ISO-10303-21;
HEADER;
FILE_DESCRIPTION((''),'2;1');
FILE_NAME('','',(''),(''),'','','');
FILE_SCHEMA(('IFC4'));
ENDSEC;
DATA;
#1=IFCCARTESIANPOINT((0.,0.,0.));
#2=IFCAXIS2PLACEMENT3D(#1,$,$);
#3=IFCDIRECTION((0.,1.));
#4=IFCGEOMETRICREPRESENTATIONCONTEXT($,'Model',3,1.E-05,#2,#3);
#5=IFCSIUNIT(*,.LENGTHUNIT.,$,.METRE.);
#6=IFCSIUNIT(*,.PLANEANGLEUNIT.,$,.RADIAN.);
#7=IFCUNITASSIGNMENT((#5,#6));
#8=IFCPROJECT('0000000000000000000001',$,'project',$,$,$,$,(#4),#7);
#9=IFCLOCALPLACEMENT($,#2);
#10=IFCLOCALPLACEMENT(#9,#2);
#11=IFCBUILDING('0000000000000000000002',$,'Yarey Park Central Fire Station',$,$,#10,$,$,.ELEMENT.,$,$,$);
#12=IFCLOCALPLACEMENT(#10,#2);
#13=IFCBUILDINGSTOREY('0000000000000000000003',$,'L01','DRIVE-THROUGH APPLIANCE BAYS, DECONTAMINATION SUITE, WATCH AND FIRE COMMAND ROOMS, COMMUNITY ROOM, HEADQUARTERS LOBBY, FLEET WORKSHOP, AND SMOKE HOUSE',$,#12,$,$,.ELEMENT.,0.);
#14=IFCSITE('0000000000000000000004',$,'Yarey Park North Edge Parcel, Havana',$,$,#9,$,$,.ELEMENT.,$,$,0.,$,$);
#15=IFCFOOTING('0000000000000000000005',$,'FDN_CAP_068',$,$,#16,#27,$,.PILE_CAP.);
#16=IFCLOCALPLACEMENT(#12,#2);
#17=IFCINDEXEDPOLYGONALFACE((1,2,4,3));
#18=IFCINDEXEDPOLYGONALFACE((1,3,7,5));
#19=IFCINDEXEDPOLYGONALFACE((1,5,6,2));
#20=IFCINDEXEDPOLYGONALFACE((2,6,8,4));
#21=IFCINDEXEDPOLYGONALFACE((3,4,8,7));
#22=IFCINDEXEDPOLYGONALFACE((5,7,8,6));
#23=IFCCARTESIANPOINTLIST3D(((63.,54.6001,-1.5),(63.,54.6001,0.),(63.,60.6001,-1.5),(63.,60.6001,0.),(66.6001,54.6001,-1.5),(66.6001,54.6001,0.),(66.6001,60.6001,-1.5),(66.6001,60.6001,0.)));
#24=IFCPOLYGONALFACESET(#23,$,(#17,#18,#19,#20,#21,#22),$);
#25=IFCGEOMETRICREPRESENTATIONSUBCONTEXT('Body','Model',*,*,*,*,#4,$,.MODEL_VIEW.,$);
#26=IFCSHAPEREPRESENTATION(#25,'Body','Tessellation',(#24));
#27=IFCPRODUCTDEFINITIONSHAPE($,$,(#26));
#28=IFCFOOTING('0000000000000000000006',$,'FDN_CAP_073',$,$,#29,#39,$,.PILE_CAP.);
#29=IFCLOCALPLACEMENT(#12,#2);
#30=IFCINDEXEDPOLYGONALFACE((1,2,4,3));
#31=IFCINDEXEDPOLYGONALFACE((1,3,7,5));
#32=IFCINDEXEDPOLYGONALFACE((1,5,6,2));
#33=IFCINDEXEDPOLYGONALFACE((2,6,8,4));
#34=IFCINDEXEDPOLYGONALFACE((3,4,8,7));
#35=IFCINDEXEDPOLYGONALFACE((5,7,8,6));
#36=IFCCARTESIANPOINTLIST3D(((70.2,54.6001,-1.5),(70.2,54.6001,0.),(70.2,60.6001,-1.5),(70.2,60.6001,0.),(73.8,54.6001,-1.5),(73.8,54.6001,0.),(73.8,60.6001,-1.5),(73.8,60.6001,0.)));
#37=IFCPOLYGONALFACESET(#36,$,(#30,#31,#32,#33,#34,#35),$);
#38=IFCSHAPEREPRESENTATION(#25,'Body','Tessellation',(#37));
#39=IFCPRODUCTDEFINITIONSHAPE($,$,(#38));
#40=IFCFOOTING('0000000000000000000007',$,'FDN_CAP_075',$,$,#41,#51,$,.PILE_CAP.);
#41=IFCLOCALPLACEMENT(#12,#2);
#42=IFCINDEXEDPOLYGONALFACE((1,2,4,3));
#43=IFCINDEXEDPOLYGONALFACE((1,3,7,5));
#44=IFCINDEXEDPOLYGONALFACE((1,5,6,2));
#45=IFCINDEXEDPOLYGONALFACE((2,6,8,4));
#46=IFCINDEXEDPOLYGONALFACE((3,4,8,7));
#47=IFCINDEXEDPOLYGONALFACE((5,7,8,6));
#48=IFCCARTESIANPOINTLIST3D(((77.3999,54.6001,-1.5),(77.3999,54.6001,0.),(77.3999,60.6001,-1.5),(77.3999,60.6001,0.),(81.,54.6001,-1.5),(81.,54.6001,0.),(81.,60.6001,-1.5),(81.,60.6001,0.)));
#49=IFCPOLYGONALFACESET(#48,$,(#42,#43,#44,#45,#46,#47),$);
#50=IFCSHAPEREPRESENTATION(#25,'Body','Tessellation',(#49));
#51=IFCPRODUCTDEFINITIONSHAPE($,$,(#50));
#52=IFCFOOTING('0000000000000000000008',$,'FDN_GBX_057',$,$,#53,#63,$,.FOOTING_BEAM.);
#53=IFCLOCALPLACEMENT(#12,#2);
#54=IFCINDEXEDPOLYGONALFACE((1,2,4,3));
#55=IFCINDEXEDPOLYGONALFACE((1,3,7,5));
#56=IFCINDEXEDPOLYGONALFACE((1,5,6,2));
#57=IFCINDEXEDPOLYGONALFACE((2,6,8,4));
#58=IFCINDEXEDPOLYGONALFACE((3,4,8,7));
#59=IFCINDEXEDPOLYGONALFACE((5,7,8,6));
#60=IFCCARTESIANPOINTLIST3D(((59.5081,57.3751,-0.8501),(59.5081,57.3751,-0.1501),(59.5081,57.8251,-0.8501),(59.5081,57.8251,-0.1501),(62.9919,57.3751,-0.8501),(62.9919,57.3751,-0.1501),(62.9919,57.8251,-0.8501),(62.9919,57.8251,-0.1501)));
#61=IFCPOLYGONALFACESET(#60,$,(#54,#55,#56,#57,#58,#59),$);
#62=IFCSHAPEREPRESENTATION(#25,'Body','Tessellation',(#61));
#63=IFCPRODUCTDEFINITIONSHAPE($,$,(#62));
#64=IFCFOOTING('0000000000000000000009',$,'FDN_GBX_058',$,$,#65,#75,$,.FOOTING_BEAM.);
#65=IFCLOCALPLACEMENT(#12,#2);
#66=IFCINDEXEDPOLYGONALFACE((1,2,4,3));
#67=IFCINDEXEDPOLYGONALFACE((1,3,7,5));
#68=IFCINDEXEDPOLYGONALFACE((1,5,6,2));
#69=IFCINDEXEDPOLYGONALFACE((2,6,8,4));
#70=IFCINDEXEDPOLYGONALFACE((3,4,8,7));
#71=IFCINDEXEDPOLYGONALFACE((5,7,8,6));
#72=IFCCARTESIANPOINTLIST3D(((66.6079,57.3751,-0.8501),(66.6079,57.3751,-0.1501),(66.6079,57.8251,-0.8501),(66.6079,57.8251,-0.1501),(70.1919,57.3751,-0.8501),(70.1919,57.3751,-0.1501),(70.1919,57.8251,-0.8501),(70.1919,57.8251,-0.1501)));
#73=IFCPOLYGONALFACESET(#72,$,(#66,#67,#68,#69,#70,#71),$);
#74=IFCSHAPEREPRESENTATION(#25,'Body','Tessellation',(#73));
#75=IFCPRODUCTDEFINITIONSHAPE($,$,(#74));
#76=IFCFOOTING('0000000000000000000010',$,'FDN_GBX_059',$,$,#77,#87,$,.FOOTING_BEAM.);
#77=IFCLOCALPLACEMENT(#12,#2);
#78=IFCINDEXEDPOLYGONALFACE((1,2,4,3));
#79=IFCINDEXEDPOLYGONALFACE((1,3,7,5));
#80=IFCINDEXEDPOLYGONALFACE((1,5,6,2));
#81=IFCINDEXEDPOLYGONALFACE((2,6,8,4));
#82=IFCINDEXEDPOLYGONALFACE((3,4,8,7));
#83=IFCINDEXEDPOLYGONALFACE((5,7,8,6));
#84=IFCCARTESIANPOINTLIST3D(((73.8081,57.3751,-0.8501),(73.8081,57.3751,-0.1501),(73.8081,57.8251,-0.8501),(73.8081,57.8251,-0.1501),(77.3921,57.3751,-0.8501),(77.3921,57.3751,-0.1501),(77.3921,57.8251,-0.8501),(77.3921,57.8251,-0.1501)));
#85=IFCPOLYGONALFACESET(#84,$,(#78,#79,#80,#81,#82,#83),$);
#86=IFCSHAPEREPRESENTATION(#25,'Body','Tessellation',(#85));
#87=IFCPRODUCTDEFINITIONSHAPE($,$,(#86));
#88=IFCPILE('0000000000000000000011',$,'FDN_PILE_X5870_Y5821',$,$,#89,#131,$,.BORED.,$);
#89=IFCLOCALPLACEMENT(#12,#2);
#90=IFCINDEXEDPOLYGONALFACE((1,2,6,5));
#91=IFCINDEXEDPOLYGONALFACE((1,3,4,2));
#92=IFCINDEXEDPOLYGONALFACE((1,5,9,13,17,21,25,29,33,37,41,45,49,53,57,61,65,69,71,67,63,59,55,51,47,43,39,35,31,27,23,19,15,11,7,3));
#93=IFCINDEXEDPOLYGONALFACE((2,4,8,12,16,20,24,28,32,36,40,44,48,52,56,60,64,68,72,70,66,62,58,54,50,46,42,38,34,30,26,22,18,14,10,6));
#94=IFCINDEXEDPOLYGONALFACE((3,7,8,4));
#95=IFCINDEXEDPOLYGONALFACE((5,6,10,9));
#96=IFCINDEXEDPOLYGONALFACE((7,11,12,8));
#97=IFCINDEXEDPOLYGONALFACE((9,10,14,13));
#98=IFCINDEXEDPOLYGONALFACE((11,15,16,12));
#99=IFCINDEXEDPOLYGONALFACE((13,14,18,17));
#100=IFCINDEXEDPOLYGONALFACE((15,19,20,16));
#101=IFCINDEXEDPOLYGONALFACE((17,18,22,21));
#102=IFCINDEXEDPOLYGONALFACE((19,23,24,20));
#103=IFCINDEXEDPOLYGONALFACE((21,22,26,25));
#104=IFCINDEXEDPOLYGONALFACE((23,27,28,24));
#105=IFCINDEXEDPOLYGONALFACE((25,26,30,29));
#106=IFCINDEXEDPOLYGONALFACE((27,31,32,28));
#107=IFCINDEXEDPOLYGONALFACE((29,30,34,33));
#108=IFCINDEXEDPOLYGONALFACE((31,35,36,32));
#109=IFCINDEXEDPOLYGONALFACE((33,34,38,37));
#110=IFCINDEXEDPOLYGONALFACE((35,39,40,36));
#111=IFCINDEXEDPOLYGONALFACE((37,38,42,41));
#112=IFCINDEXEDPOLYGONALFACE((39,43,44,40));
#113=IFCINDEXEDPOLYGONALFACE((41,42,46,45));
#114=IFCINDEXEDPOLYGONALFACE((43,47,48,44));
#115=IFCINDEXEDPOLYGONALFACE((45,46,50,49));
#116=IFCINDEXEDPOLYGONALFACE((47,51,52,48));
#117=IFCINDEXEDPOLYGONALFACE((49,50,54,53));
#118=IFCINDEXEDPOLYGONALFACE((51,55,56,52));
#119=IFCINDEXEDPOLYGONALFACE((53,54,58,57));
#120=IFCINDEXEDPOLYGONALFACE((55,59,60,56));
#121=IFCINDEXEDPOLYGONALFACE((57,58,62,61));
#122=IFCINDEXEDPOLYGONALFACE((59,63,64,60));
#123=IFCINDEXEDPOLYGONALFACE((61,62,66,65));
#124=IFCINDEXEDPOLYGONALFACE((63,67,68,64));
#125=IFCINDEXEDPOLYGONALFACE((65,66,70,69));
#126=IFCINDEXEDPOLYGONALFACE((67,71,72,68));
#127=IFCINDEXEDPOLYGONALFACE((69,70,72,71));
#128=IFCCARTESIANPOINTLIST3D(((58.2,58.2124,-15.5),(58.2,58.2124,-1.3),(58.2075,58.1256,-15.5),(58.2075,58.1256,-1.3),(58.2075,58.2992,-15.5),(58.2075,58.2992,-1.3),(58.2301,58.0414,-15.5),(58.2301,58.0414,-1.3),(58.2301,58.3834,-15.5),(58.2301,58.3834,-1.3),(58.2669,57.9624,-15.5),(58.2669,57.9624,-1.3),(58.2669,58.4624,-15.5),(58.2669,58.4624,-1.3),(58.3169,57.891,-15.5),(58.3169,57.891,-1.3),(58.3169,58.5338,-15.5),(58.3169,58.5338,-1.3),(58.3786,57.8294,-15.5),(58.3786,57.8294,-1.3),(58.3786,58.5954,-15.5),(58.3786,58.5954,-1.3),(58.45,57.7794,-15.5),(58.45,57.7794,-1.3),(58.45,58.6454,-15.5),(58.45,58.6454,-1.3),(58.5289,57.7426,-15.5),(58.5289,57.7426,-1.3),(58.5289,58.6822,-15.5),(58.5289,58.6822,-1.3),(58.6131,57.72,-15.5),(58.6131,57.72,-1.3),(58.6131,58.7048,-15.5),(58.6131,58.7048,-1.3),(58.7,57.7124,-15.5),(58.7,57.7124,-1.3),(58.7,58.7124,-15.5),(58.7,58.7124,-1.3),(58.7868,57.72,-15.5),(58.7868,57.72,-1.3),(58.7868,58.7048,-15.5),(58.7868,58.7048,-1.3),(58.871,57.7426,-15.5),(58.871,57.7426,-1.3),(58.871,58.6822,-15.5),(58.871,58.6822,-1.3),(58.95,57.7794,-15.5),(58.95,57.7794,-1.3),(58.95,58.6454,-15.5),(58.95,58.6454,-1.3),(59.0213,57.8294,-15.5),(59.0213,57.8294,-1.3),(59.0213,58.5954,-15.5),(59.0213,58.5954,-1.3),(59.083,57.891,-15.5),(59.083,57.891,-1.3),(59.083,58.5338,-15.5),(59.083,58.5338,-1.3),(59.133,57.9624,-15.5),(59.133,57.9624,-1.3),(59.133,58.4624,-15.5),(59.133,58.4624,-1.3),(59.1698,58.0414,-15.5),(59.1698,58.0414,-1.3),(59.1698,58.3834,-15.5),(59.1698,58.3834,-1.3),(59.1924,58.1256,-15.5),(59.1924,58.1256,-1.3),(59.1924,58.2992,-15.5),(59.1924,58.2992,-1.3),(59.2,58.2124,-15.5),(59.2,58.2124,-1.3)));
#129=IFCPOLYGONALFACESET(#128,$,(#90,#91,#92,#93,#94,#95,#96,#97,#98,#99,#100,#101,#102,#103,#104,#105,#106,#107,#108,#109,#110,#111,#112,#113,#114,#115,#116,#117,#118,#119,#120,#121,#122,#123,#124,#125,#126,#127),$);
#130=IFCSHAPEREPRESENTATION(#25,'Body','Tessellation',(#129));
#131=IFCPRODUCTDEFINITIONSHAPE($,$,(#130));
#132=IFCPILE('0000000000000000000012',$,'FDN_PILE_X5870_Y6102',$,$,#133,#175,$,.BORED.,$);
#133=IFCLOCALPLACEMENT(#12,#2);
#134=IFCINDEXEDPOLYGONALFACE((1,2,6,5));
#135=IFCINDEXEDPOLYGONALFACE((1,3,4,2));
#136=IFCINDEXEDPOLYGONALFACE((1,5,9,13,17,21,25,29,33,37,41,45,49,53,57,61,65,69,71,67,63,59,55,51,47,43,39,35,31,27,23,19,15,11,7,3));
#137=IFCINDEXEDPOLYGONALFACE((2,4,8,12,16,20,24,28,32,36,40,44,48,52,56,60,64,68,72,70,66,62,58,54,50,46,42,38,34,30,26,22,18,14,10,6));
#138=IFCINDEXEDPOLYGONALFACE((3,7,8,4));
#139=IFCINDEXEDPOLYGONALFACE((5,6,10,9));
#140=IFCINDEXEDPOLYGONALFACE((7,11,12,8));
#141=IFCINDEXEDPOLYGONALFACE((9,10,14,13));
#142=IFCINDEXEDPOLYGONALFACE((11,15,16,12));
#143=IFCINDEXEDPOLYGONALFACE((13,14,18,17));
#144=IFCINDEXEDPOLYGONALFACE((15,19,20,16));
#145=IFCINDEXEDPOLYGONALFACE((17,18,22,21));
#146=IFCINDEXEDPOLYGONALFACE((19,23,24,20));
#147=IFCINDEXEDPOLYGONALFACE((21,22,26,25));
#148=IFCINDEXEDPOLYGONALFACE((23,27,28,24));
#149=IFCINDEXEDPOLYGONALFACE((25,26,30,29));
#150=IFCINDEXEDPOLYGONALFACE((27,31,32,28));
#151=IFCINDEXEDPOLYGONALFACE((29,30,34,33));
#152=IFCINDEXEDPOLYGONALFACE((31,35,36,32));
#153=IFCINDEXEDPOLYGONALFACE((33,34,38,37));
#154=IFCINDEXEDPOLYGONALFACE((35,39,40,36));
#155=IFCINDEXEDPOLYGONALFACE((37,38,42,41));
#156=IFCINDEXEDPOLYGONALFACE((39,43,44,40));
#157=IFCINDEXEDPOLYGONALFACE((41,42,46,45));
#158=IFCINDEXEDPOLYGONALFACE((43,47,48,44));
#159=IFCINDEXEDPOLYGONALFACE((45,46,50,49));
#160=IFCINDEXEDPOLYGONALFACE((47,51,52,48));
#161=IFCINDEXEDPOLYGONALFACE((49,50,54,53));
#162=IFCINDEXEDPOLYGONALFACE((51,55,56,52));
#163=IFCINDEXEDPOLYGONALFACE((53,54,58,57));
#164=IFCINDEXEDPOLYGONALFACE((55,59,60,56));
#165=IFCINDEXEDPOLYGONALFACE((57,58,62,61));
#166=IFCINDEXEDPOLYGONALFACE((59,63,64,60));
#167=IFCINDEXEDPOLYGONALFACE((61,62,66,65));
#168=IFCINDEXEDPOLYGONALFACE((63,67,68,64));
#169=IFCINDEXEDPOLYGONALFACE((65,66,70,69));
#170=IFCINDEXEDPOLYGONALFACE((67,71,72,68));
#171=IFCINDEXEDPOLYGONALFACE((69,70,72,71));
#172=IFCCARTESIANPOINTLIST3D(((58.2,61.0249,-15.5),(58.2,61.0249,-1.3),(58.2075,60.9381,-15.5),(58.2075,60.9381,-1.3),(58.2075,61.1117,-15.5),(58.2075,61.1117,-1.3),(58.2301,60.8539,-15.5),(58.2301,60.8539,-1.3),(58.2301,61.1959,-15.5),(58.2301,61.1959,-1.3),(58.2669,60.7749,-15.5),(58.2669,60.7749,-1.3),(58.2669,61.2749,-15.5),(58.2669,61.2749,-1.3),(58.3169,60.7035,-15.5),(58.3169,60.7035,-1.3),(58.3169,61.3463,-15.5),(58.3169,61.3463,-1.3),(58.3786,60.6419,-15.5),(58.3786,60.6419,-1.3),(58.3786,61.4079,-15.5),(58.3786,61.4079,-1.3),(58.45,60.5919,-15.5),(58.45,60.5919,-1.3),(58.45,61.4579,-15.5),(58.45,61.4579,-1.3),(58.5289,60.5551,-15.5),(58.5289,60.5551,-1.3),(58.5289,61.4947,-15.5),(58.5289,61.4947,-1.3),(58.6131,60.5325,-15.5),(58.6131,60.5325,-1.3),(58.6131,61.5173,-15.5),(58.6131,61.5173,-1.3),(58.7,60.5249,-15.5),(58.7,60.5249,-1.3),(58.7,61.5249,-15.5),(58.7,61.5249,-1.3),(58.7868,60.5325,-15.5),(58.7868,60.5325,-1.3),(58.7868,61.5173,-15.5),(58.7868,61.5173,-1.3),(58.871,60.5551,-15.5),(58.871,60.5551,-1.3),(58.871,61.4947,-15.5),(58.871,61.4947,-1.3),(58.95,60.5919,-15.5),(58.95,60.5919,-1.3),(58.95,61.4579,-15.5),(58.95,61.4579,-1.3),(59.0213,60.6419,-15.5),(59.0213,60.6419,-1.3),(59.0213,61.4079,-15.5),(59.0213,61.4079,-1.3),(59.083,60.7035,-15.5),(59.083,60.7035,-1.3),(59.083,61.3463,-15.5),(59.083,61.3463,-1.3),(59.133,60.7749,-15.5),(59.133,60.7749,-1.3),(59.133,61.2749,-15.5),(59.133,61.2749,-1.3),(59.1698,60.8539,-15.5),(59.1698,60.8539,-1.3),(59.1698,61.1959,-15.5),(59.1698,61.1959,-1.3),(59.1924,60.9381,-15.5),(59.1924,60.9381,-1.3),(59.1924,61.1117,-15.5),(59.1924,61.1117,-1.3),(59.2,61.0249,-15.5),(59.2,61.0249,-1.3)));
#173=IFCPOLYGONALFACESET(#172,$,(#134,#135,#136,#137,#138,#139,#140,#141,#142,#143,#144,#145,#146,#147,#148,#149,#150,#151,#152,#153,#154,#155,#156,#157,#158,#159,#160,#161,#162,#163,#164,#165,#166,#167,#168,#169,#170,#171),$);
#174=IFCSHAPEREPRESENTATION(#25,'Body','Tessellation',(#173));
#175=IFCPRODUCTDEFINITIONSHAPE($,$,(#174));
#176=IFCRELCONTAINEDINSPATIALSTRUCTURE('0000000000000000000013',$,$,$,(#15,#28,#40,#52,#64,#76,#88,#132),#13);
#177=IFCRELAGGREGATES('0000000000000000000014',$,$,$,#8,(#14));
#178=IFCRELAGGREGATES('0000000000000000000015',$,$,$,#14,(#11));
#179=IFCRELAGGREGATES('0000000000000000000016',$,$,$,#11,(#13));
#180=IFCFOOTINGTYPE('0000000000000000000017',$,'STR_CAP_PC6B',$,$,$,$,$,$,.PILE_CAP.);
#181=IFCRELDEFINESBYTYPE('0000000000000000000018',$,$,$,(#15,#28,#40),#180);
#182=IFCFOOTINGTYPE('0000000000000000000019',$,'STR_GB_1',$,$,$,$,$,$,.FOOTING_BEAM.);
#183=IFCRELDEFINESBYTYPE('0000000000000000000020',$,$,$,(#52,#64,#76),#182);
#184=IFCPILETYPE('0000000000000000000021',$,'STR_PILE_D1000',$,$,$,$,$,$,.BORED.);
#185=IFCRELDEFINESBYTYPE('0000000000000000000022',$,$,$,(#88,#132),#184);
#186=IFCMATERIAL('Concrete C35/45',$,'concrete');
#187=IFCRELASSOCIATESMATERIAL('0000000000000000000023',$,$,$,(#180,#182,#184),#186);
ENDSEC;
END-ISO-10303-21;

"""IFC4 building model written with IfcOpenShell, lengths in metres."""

from ifc_helpers import new_model, si_unit, direction, frame, origin, origin_2d, place, context, subcontext, project, spatial, rectangle, circle, extrude, material, material_profile, profile_set, type_object, element, save


model = new_model("IFC4")

# Units and contexts
model_context = context("Model", 3, precision=1e-05, world=origin(), true_north=direction((0.0, 1.0)))
body_context = subcontext(model_context, "Body", "Model", "MODEL_VIEW")
ifc_project = project(units=[si_unit("LENGTHUNIT", "METRE"), si_unit("PLANEANGLEUNIT", "RADIAN")], contexts=[model_context])

# Site, building, storey
site_placement = place(None, origin())
site = spatial("IfcSite", under=ifc_project, at=site_placement, Name="Yarey Park North Edge Parcel, Havana", CompositionType="ELEMENT", RefElevation=0.0)
building_placement = place(site_placement, origin())
building = spatial("IfcBuilding", under=site, at=building_placement, Name="Yarey Park Central Fire Station", CompositionType="ELEMENT")
storey_placement = place(building_placement, origin())
storey = spatial("IfcBuildingStorey", under=building, at=storey_placement, Name="L01", Description="DRIVE-THROUGH APPLIANCE BAYS, DECONTAMINATION SUITE, WATCH AND FIRE COMMAND ROOMS, COMMUNITY ROOM, HEADQUARTERS LOBBY, FLEET WORKSHOP, AND SMOKE HOUSE", CompositionType="ELEMENT", Elevation=0.0)

# Footings
ifc_material_1 = material(Name="Concrete C35/45", Category="concrete")
footing_type_1 = type_object("IfcFootingType", Name="STR_CAP_PC6B", PredefinedType="PILE_CAP", material=ifc_material_1)
for number, where, z_axis, x_axis, name in (
    (1, (64.8, 57.6001, -1.5), (0.0, 0.0, 1.0), (1.0, 0.0, 0.0), "FDN_CAP_068"),
    (2, (72.0, 57.6001, -1.5), (0.0, 0.0, 1.0), (1.0, 0.0, 0.0), "FDN_CAP_073"),
    (3, (79.2, 57.6001, -1.5), (0.0, 0.0, 1.0), (1.0, 0.0, 0.0), "FDN_CAP_075"),
):
    element("IfcFooting", number, at=place(storey_placement, frame(where, z_axis=z_axis, x_axis=x_axis)), inside=storey, type_object=footing_type_1, Name=name, PredefinedType="PILE_CAP", context=body_context, shape_type="SweptSolid", body=[
        extrude(rectangle(XDim=3.6001, YDim=6.0, at=origin_2d()), origin(), (0.0, 0.0, 1.0), 1.5),
    ])
footing_type_2 = type_object("IfcFootingType", Name="STR_GB_1", PredefinedType="FOOTING_BEAM", material=ifc_material_1)
footing_placement = place(storey_placement, frame((61.25, 57.6001, -0.8501), z_axis=(0.0, 0.0, 1.0), x_axis=(1.0, 0.0, 0.0)))
element("IfcFooting", 4, at=footing_placement, inside=storey, type_object=footing_type_2, Name="FDN_GBX_057", PredefinedType="FOOTING_BEAM", context=body_context, shape_type="SweptSolid", body=[
    extrude(rectangle(XDim=3.4839, YDim=0.45, at=origin_2d()), origin(), (0.0, 0.0, 1.0), 0.7),
])
for number, where, z_axis, x_axis, name in (
    (5, (68.3999, 57.6001, -0.8501), (0.0, 0.0, 1.0), (1.0, 0.0, 0.0), "FDN_GBX_058"),
    (6, (75.6001, 57.6001, -0.8501), (0.0, 0.0, 1.0), (1.0, 0.0, 0.0), "FDN_GBX_059"),
):
    element("IfcFooting", number, at=place(storey_placement, frame(where, z_axis=z_axis, x_axis=x_axis)), inside=storey, type_object=footing_type_2, Name=name, PredefinedType="FOOTING_BEAM", context=body_context, shape_type="SweptSolid", body=[
        extrude(rectangle(XDim=3.584, YDim=0.45, at=origin_2d()), origin(), (0.0, 0.0, 1.0), 0.7),
    ])

# Piles
ifc_material_profile_1 = material_profile(ifc_material_1, circle(Radius=0.5, at=origin_2d()), Name="BORED PILE D1000")
ifc_profile_set_1 = profile_set([ifc_material_profile_1], Name="Concrete C35/45")
pile_type_1 = type_object("IfcPileType", Name="STR_PILE_D1000", PredefinedType="BORED", material=ifc_profile_set_1)
for number, where, z_axis, x_axis, name in (
    (7, (58.7, 58.2124, -1.3), (0.0, 0.0, -1.0), (1.0, 0.0, 0.0), "FDN_PILE_X5870_Y5821"),
    (8, (58.7, 61.0249, -1.3), (0.0, 0.0, -1.0), (1.0, 0.0, 0.0), "FDN_PILE_X5870_Y6102"),
):
    element("IfcPile", number, at=place(storey_placement, frame(where, z_axis=z_axis, x_axis=x_axis)), inside=storey, type_object=pile_type_1, Name=name, PredefinedType="BORED", context=body_context, shape_type="SweptSolid", body=[
        extrude(circle(Radius=0.5, at=origin_2d()), origin(), (0.0, 0.0, 1.0), 14.2),
    ])

save(model, "model.ifc")
